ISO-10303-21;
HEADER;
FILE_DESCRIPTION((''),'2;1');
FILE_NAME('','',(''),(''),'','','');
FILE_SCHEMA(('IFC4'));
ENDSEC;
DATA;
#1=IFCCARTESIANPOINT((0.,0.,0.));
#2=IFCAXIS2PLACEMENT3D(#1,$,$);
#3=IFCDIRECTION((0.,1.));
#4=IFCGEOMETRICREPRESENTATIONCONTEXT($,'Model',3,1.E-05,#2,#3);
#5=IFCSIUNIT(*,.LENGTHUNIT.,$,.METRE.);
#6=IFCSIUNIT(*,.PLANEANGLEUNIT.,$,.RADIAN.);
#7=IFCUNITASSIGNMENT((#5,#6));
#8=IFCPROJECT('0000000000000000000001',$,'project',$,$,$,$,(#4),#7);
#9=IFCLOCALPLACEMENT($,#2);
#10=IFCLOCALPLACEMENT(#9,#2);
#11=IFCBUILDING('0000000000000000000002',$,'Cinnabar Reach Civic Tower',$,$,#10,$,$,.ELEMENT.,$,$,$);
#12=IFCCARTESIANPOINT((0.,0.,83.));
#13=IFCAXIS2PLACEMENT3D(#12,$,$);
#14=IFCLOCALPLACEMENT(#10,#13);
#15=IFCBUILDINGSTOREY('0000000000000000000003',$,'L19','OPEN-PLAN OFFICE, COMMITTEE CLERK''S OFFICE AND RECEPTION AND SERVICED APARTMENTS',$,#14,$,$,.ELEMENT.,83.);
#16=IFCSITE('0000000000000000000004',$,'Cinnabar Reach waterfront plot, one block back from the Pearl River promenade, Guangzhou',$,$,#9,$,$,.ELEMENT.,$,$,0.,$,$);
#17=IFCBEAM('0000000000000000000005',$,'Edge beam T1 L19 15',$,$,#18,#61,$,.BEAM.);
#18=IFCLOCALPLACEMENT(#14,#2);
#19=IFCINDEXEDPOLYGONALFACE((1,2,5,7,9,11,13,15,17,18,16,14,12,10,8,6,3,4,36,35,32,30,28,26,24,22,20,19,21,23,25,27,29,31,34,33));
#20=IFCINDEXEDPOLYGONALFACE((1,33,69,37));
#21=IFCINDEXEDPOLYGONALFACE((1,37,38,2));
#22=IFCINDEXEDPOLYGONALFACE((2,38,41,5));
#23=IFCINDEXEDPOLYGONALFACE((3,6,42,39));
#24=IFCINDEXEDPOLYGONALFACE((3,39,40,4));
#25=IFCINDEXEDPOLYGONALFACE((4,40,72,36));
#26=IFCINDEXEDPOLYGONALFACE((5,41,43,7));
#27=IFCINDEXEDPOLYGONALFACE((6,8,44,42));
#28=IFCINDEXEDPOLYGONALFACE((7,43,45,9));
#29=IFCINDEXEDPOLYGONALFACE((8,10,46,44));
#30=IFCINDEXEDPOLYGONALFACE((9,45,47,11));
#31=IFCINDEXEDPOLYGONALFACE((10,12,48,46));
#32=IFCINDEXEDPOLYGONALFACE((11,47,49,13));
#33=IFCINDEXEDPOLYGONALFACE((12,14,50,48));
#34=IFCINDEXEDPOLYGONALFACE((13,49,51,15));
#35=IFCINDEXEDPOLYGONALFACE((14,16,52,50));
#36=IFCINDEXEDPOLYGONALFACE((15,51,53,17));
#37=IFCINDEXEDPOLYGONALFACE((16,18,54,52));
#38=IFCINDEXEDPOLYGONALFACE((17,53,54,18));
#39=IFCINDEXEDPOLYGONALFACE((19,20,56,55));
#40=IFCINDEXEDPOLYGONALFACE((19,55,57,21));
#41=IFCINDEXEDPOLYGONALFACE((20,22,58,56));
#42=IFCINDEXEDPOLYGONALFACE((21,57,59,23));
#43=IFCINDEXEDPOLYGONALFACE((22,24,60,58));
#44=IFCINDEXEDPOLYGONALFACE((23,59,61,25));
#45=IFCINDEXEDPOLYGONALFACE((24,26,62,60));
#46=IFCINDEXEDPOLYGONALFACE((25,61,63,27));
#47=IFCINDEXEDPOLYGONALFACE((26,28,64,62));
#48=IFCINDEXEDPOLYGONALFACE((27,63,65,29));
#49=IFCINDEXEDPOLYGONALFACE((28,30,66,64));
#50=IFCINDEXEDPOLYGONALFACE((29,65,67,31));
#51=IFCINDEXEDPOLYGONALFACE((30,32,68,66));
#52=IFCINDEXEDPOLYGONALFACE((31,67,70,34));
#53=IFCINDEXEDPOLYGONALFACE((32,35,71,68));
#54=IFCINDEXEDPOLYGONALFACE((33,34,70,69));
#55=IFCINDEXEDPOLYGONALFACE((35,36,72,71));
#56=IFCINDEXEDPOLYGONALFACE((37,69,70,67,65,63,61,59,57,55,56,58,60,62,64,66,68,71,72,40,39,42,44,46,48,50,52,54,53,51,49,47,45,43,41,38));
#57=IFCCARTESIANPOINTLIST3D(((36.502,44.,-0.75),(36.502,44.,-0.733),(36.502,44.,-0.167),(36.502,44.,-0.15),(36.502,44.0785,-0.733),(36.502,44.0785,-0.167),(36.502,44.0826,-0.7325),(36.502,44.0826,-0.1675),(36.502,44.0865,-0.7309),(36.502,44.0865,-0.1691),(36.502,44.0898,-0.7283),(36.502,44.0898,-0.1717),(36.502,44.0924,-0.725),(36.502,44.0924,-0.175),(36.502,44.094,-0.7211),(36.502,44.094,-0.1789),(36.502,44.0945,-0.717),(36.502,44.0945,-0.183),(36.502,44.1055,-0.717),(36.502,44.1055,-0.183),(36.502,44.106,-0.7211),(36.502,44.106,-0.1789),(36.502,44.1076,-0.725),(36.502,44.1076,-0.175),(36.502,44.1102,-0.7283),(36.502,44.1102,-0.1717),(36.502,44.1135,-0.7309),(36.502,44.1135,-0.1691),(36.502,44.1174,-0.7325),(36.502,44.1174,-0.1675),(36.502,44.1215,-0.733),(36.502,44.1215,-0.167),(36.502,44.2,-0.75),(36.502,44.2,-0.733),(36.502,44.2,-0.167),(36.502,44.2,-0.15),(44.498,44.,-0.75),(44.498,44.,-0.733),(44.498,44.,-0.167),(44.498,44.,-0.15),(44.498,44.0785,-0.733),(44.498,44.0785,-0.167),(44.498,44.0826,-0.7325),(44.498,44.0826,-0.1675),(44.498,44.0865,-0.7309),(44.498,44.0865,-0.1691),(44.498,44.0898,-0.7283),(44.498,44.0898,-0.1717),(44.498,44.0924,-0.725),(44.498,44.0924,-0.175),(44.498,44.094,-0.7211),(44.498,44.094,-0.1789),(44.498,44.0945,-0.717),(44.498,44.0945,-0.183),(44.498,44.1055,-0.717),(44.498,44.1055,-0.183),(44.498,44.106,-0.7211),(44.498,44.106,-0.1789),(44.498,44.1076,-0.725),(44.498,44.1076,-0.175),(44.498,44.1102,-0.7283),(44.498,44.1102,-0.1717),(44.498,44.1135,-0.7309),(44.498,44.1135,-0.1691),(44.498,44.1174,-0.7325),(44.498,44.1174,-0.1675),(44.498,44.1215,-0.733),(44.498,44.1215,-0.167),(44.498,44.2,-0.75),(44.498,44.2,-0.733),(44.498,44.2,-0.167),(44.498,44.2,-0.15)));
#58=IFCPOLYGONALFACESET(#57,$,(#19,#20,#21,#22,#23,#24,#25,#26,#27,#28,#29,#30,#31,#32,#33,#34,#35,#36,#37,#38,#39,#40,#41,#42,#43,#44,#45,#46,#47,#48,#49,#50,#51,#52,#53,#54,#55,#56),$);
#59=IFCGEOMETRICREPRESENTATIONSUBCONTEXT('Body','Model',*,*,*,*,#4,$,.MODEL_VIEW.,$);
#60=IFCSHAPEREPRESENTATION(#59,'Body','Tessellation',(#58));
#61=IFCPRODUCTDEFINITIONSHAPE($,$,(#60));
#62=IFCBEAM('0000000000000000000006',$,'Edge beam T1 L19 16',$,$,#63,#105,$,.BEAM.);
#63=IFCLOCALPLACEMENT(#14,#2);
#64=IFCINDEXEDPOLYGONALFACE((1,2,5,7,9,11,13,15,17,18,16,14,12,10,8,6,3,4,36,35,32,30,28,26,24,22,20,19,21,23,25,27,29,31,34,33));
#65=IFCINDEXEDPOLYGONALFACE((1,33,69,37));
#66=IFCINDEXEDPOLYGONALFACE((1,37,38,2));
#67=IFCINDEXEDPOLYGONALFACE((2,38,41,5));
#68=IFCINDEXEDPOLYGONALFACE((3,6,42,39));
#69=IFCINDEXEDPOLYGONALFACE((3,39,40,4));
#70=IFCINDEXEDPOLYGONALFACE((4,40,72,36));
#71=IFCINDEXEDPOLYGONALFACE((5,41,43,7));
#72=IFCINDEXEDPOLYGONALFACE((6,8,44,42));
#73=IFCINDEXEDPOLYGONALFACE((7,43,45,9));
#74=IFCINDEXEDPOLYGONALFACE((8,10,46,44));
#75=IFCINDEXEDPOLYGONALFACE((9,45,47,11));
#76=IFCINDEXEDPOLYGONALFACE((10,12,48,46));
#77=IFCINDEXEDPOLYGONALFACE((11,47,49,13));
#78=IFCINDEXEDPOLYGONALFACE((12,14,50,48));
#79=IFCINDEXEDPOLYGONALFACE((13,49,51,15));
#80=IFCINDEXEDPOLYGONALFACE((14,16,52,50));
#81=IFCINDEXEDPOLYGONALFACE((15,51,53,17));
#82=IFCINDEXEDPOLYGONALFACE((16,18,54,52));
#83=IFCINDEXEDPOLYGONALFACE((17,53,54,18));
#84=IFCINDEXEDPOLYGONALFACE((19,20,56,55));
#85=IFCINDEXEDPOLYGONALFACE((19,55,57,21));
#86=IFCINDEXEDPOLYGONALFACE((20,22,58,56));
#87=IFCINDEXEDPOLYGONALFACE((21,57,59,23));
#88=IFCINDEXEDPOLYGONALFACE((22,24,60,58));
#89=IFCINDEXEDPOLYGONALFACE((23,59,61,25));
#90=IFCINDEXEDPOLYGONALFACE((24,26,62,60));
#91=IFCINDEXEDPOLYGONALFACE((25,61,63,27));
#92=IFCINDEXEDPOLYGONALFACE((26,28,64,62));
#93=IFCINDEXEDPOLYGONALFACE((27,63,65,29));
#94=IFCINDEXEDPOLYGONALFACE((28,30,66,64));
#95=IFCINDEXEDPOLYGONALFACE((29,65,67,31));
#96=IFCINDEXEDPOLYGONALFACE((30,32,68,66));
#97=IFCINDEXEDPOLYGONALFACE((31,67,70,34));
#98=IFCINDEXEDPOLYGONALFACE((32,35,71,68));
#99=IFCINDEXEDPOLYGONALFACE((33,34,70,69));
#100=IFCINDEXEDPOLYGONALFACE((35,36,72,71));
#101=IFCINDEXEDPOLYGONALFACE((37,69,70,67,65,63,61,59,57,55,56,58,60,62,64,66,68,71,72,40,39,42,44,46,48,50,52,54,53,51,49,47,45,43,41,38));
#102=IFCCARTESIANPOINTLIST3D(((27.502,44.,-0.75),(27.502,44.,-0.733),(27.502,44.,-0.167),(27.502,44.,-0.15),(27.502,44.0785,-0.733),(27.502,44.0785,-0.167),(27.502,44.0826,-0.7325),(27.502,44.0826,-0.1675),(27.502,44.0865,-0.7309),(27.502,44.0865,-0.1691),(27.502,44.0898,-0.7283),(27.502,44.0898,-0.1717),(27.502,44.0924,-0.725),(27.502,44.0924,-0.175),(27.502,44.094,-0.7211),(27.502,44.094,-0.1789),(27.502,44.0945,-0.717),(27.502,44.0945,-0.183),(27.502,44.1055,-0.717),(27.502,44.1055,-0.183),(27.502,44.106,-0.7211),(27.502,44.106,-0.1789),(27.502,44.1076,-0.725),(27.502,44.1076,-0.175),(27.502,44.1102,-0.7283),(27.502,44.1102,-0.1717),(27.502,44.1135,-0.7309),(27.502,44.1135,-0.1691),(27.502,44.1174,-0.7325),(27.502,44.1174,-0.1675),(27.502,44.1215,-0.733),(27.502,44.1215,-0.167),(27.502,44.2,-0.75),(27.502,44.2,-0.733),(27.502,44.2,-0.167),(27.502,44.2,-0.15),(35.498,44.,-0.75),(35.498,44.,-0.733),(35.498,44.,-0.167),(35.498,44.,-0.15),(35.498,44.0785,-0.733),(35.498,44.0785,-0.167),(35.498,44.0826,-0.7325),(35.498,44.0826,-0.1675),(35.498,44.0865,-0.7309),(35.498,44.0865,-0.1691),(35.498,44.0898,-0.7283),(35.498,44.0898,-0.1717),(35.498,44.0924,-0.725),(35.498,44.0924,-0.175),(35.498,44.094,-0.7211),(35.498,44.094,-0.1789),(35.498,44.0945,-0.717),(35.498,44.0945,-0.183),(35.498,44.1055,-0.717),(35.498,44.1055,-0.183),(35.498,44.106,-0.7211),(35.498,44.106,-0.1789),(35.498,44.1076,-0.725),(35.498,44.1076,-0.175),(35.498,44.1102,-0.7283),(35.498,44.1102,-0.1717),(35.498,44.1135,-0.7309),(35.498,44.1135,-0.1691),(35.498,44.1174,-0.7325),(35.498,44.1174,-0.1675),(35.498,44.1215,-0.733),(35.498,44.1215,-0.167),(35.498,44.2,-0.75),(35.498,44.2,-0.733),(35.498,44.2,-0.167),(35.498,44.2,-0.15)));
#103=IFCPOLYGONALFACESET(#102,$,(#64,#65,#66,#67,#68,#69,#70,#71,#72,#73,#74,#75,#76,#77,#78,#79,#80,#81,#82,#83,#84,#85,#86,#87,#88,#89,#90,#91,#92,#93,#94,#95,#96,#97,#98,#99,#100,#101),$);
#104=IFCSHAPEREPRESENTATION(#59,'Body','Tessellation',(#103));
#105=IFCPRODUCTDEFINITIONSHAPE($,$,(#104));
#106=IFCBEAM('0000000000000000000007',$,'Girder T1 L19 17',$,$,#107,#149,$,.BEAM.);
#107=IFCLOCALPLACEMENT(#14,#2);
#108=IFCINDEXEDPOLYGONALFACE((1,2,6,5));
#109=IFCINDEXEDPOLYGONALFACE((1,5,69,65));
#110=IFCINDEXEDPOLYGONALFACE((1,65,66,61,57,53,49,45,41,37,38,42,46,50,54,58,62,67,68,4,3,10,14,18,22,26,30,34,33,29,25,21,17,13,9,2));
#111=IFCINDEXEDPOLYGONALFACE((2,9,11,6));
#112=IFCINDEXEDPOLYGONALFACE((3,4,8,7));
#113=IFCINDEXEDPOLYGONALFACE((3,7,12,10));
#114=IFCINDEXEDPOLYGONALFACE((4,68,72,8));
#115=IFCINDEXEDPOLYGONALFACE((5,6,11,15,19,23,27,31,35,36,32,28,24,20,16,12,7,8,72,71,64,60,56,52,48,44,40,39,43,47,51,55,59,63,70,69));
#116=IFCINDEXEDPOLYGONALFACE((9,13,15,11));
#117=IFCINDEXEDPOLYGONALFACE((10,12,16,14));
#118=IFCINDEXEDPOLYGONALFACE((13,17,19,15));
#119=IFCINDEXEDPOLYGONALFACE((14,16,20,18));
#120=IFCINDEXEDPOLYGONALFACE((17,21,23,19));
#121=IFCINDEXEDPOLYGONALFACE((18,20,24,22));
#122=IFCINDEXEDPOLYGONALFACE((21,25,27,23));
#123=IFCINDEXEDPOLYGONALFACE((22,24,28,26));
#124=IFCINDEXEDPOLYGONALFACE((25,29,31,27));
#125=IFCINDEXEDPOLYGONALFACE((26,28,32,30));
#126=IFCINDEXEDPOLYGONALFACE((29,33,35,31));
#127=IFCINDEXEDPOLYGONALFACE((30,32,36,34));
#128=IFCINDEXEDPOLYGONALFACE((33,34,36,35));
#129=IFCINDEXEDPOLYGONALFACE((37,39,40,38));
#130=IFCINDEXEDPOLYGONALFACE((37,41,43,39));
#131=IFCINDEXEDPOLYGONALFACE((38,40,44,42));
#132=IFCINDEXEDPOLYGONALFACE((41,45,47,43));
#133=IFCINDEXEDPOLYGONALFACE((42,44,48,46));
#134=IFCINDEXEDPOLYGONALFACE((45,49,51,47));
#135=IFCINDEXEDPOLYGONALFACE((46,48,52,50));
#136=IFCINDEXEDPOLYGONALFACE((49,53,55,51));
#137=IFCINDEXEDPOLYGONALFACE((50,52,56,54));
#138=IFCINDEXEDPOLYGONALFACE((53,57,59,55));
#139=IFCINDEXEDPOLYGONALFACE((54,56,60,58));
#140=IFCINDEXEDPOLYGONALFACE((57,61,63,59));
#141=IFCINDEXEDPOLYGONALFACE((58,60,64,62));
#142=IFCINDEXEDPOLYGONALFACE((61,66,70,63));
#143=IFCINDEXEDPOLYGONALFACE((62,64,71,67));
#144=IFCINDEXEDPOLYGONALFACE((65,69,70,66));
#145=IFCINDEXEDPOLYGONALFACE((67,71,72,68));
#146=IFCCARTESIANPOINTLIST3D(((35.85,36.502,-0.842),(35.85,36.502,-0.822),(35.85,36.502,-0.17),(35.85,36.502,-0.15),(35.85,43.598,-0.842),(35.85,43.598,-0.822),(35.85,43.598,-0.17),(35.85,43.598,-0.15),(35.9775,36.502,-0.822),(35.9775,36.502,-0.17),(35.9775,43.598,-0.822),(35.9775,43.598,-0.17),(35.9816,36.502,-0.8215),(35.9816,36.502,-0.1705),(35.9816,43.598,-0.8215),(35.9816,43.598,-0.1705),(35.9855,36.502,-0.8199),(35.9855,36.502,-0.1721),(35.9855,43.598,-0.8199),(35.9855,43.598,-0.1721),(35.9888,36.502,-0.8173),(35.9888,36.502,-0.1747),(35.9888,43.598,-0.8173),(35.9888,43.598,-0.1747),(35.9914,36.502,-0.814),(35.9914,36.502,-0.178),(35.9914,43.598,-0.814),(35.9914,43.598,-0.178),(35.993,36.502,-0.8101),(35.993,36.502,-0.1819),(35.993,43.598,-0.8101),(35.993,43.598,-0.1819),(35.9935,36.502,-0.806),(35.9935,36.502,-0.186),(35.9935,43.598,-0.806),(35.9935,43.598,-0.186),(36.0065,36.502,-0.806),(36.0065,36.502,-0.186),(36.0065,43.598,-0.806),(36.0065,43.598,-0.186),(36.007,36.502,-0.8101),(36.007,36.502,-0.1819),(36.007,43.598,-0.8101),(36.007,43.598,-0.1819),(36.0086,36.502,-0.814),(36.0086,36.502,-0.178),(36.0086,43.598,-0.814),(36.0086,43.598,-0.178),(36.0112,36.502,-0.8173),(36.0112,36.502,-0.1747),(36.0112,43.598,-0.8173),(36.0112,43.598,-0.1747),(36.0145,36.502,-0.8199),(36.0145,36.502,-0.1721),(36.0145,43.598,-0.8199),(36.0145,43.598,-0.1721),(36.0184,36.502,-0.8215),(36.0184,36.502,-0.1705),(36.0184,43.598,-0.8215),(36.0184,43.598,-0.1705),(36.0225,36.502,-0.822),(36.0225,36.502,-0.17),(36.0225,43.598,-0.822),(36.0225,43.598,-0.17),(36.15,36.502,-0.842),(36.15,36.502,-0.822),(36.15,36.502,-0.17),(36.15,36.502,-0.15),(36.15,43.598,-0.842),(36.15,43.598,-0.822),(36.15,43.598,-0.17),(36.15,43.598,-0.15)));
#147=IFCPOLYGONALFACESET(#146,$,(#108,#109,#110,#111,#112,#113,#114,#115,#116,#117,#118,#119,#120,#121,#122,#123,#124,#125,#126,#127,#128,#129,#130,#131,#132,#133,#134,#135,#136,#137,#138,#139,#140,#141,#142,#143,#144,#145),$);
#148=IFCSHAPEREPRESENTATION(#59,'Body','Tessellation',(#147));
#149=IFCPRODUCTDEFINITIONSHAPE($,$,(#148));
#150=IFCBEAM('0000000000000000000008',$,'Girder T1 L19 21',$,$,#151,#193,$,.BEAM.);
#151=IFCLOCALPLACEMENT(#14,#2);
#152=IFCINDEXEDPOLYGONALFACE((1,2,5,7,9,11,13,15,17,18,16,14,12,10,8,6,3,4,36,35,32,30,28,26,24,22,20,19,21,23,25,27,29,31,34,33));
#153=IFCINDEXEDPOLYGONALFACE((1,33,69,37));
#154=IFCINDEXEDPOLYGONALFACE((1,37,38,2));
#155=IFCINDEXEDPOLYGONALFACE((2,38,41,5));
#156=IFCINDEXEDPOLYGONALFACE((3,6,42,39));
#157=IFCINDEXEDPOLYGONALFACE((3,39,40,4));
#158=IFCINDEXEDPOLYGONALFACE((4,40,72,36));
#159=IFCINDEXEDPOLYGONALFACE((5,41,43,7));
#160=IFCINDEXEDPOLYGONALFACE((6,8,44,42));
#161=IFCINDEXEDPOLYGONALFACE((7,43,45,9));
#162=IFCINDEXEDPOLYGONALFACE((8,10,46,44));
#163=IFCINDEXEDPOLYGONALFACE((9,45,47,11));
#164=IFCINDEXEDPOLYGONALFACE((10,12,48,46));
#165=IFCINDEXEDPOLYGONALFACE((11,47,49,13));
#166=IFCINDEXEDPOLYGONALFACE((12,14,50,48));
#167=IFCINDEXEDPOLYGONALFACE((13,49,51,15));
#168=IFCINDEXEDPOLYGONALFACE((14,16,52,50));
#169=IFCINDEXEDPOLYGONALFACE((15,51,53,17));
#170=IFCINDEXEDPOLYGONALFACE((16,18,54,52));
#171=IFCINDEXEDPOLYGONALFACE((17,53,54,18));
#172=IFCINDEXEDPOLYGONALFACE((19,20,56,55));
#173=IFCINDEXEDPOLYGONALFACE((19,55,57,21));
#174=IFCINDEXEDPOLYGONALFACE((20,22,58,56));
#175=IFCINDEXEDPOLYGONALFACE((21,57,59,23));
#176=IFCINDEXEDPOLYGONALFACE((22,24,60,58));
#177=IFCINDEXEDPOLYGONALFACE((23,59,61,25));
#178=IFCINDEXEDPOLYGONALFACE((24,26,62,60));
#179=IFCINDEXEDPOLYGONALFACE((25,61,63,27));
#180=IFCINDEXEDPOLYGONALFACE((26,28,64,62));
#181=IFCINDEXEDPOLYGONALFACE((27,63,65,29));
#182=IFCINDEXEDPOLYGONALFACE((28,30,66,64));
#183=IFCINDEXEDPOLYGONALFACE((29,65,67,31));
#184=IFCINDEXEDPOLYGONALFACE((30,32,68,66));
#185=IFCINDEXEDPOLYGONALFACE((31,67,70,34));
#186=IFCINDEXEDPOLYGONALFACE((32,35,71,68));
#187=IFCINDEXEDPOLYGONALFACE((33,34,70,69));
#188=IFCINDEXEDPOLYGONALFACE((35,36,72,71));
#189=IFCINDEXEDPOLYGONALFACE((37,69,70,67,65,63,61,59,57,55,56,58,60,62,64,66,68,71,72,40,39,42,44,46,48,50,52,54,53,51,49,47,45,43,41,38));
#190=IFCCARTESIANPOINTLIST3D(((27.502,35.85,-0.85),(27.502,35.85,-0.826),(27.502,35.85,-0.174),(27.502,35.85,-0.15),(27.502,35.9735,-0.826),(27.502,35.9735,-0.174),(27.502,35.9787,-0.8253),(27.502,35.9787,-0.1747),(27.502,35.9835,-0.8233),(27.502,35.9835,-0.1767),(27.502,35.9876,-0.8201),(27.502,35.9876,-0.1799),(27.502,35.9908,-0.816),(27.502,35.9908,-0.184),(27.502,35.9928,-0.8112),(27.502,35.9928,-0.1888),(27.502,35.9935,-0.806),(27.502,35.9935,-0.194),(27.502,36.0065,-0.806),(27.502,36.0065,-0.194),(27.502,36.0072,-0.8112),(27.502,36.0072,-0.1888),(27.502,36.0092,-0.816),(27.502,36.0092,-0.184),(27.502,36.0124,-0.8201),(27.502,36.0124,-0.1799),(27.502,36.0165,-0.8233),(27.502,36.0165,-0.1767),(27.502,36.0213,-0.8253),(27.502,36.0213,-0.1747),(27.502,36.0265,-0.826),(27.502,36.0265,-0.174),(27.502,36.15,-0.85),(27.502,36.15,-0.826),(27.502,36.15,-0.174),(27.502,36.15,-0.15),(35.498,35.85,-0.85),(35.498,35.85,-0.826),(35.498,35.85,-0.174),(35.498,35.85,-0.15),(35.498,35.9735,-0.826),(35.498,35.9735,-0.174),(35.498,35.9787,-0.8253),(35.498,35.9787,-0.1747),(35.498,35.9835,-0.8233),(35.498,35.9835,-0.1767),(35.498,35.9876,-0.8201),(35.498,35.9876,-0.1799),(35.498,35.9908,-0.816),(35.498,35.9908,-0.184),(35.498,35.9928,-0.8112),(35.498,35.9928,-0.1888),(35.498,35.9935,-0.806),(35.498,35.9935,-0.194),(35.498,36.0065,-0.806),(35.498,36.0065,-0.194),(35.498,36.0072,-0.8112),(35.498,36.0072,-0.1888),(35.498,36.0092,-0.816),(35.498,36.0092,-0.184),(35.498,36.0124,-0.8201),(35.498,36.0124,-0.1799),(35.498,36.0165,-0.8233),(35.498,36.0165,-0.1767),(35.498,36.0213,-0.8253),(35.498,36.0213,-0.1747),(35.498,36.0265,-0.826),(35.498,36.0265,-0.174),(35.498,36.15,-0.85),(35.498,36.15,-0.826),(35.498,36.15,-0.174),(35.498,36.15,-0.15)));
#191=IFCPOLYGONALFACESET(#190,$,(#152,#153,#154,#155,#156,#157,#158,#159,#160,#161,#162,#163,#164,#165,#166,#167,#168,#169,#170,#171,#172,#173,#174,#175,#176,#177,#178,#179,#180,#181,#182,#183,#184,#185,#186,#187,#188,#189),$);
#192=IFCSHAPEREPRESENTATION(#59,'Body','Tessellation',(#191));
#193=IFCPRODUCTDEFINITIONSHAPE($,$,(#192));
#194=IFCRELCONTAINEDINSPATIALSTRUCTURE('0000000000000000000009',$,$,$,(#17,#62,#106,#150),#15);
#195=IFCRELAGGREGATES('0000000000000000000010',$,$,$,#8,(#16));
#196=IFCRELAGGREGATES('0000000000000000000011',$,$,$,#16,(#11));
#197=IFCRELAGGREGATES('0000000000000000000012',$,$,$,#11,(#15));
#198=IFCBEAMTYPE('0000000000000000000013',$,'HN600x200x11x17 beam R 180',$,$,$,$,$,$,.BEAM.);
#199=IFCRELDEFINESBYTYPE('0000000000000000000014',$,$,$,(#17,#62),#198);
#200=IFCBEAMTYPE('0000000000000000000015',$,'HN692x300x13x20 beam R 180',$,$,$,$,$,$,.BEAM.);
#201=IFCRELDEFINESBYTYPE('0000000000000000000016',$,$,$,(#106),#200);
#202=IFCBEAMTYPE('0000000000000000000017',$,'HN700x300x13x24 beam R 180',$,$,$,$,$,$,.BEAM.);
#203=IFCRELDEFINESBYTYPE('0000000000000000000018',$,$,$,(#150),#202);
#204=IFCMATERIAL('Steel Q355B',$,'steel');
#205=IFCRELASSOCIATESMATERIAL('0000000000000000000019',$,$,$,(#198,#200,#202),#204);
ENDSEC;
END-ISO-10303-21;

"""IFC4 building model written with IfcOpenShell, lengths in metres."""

from ifc_helpers import new_model, si_unit, direction, frame, origin, origin_2d, place, context, subcontext, project, spatial, i_section, extrude, material, material_profile, profile_set, type_object, element, save


model = new_model("IFC4")

# Units and contexts
model_context = context("Model", 3, precision=1e-05, world=origin(), true_north=direction((0.0, 1.0)))
body_context = subcontext(model_context, "Body", "Model", "MODEL_VIEW")
ifc_project = project(units=[si_unit("LENGTHUNIT", "METRE"), si_unit("PLANEANGLEUNIT", "RADIAN")], contexts=[model_context])

# Site, building, storey
site_placement = place(None, origin())
site = spatial("IfcSite", under=ifc_project, at=site_placement, Name="Cinnabar Reach waterfront plot, one block back from the Pearl River promenade, Guangzhou", CompositionType="ELEMENT", RefElevation=0.0)
building_placement = place(site_placement, origin())
building = spatial("IfcBuilding", under=site, at=building_placement, Name="Cinnabar Reach Civic Tower", CompositionType="ELEMENT")
storey_placement = place(building_placement, frame((0.0, 0.0, 83.0)))
storey = spatial("IfcBuildingStorey", under=building, at=storey_placement, Name="L19", Description="OPEN-PLAN OFFICE, COMMITTEE CLERK'S OFFICE AND RECEPTION AND SERVICED APARTMENTS", CompositionType="ELEMENT", Elevation=83.0)

# Beams
ifc_material_1 = material(Name="Steel Q355B", Category="steel")
ifc_material_profile_1 = material_profile(ifc_material_1, i_section(OverallWidth=0.2, OverallDepth=0.6, WebThickness=0.011, FlangeThickness=0.017, FilletRadius=0.016, at=origin_2d()), Name="HN600x200x11x17")
ifc_profile_set_1 = profile_set([ifc_material_profile_1], Name="Steel Q355B")
beam_type_1 = type_object("IfcBeamType", Name="HN600x200x11x17 beam R 180", PredefinedType="BEAM", material=ifc_profile_set_1)
for number, where, z_axis, x_axis, name in (
    (1, (44.498, 44.1, -0.45), (-1.0, 0.0, 0.0), (0.0, -1.0, 0.0), "Edge beam T1 L19 15"),
    (2, (35.498, 44.1, -0.45), (-1.0, 0.0, 0.0), (0.0, -1.0, 0.0), "Edge beam T1 L19 16"),
):
    element("IfcBeam", number, at=place(storey_placement, frame(where, z_axis=z_axis, x_axis=x_axis)), inside=storey, type_object=beam_type_1, Name=name, PredefinedType="BEAM", context=body_context, shape_type="SweptSolid", body=[
        extrude(i_section(OverallWidth=0.2, OverallDepth=0.6, WebThickness=0.011, FlangeThickness=0.017, FilletRadius=0.016, at=origin_2d()), origin(), (0.0, 0.0, 1.0), 7.996),
    ])
ifc_material_profile_2 = material_profile(ifc_material_1, i_section(OverallWidth=0.3, OverallDepth=0.692, WebThickness=0.013, FlangeThickness=0.02, FilletRadius=0.016, at=origin_2d()), Name="HN692x300x13x20")
ifc_profile_set_2 = profile_set([ifc_material_profile_2], Name="Steel Q355B")
beam_type_2 = type_object("IfcBeamType", Name="HN692x300x13x20 beam R 180", PredefinedType="BEAM", material=ifc_profile_set_2)
beam_1_placement = place(storey_placement, frame((36.0, 36.502, -0.496), z_axis=(0.0, 1.0, 0.0), x_axis=(-1.0, 0.0, 0.0)))
element("IfcBeam", 3, at=beam_1_placement, inside=storey, type_object=beam_type_2, Name="Girder T1 L19 17", PredefinedType="BEAM", context=body_context, shape_type="SweptSolid", body=[
    extrude(i_section(OverallWidth=0.3, OverallDepth=0.692, WebThickness=0.013, FlangeThickness=0.02, FilletRadius=0.016, at=origin_2d()), origin(), (0.0, 0.0, 1.0), 7.096),
])
ifc_material_profile_3 = material_profile(ifc_material_1, i_section(OverallWidth=0.3, OverallDepth=0.7, WebThickness=0.013, FlangeThickness=0.024, FilletRadius=0.02, at=origin_2d()), Name="HN700x300x13x24")
ifc_profile_set_3 = profile_set([ifc_material_profile_3], Name="Steel Q355B")
beam_type_3 = type_object("IfcBeamType", Name="HN700x300x13x24 beam R 180", PredefinedType="BEAM", material=ifc_profile_set_3)
for number, where, z_axis, x_axis, name in (
    (4, (27.502, 36.0, -0.5), (1.0, 0.0, 0.0), (0.0, 1.0, 0.0), "Girder T1 L19 21"),
):
    element("IfcBeam", number, at=place(storey_placement, frame(where, z_axis=z_axis, x_axis=x_axis)), inside=storey, type_object=beam_type_3, Name=name, PredefinedType="BEAM", context=body_context, shape_type="SweptSolid", body=[
        extrude(i_section(OverallWidth=0.3, OverallDepth=0.7, WebThickness=0.013, FlangeThickness=0.024, FilletRadius=0.02, at=origin_2d()), origin(), (0.0, 0.0, 1.0), 7.996),
    ])

save(model, "model.ifc")
